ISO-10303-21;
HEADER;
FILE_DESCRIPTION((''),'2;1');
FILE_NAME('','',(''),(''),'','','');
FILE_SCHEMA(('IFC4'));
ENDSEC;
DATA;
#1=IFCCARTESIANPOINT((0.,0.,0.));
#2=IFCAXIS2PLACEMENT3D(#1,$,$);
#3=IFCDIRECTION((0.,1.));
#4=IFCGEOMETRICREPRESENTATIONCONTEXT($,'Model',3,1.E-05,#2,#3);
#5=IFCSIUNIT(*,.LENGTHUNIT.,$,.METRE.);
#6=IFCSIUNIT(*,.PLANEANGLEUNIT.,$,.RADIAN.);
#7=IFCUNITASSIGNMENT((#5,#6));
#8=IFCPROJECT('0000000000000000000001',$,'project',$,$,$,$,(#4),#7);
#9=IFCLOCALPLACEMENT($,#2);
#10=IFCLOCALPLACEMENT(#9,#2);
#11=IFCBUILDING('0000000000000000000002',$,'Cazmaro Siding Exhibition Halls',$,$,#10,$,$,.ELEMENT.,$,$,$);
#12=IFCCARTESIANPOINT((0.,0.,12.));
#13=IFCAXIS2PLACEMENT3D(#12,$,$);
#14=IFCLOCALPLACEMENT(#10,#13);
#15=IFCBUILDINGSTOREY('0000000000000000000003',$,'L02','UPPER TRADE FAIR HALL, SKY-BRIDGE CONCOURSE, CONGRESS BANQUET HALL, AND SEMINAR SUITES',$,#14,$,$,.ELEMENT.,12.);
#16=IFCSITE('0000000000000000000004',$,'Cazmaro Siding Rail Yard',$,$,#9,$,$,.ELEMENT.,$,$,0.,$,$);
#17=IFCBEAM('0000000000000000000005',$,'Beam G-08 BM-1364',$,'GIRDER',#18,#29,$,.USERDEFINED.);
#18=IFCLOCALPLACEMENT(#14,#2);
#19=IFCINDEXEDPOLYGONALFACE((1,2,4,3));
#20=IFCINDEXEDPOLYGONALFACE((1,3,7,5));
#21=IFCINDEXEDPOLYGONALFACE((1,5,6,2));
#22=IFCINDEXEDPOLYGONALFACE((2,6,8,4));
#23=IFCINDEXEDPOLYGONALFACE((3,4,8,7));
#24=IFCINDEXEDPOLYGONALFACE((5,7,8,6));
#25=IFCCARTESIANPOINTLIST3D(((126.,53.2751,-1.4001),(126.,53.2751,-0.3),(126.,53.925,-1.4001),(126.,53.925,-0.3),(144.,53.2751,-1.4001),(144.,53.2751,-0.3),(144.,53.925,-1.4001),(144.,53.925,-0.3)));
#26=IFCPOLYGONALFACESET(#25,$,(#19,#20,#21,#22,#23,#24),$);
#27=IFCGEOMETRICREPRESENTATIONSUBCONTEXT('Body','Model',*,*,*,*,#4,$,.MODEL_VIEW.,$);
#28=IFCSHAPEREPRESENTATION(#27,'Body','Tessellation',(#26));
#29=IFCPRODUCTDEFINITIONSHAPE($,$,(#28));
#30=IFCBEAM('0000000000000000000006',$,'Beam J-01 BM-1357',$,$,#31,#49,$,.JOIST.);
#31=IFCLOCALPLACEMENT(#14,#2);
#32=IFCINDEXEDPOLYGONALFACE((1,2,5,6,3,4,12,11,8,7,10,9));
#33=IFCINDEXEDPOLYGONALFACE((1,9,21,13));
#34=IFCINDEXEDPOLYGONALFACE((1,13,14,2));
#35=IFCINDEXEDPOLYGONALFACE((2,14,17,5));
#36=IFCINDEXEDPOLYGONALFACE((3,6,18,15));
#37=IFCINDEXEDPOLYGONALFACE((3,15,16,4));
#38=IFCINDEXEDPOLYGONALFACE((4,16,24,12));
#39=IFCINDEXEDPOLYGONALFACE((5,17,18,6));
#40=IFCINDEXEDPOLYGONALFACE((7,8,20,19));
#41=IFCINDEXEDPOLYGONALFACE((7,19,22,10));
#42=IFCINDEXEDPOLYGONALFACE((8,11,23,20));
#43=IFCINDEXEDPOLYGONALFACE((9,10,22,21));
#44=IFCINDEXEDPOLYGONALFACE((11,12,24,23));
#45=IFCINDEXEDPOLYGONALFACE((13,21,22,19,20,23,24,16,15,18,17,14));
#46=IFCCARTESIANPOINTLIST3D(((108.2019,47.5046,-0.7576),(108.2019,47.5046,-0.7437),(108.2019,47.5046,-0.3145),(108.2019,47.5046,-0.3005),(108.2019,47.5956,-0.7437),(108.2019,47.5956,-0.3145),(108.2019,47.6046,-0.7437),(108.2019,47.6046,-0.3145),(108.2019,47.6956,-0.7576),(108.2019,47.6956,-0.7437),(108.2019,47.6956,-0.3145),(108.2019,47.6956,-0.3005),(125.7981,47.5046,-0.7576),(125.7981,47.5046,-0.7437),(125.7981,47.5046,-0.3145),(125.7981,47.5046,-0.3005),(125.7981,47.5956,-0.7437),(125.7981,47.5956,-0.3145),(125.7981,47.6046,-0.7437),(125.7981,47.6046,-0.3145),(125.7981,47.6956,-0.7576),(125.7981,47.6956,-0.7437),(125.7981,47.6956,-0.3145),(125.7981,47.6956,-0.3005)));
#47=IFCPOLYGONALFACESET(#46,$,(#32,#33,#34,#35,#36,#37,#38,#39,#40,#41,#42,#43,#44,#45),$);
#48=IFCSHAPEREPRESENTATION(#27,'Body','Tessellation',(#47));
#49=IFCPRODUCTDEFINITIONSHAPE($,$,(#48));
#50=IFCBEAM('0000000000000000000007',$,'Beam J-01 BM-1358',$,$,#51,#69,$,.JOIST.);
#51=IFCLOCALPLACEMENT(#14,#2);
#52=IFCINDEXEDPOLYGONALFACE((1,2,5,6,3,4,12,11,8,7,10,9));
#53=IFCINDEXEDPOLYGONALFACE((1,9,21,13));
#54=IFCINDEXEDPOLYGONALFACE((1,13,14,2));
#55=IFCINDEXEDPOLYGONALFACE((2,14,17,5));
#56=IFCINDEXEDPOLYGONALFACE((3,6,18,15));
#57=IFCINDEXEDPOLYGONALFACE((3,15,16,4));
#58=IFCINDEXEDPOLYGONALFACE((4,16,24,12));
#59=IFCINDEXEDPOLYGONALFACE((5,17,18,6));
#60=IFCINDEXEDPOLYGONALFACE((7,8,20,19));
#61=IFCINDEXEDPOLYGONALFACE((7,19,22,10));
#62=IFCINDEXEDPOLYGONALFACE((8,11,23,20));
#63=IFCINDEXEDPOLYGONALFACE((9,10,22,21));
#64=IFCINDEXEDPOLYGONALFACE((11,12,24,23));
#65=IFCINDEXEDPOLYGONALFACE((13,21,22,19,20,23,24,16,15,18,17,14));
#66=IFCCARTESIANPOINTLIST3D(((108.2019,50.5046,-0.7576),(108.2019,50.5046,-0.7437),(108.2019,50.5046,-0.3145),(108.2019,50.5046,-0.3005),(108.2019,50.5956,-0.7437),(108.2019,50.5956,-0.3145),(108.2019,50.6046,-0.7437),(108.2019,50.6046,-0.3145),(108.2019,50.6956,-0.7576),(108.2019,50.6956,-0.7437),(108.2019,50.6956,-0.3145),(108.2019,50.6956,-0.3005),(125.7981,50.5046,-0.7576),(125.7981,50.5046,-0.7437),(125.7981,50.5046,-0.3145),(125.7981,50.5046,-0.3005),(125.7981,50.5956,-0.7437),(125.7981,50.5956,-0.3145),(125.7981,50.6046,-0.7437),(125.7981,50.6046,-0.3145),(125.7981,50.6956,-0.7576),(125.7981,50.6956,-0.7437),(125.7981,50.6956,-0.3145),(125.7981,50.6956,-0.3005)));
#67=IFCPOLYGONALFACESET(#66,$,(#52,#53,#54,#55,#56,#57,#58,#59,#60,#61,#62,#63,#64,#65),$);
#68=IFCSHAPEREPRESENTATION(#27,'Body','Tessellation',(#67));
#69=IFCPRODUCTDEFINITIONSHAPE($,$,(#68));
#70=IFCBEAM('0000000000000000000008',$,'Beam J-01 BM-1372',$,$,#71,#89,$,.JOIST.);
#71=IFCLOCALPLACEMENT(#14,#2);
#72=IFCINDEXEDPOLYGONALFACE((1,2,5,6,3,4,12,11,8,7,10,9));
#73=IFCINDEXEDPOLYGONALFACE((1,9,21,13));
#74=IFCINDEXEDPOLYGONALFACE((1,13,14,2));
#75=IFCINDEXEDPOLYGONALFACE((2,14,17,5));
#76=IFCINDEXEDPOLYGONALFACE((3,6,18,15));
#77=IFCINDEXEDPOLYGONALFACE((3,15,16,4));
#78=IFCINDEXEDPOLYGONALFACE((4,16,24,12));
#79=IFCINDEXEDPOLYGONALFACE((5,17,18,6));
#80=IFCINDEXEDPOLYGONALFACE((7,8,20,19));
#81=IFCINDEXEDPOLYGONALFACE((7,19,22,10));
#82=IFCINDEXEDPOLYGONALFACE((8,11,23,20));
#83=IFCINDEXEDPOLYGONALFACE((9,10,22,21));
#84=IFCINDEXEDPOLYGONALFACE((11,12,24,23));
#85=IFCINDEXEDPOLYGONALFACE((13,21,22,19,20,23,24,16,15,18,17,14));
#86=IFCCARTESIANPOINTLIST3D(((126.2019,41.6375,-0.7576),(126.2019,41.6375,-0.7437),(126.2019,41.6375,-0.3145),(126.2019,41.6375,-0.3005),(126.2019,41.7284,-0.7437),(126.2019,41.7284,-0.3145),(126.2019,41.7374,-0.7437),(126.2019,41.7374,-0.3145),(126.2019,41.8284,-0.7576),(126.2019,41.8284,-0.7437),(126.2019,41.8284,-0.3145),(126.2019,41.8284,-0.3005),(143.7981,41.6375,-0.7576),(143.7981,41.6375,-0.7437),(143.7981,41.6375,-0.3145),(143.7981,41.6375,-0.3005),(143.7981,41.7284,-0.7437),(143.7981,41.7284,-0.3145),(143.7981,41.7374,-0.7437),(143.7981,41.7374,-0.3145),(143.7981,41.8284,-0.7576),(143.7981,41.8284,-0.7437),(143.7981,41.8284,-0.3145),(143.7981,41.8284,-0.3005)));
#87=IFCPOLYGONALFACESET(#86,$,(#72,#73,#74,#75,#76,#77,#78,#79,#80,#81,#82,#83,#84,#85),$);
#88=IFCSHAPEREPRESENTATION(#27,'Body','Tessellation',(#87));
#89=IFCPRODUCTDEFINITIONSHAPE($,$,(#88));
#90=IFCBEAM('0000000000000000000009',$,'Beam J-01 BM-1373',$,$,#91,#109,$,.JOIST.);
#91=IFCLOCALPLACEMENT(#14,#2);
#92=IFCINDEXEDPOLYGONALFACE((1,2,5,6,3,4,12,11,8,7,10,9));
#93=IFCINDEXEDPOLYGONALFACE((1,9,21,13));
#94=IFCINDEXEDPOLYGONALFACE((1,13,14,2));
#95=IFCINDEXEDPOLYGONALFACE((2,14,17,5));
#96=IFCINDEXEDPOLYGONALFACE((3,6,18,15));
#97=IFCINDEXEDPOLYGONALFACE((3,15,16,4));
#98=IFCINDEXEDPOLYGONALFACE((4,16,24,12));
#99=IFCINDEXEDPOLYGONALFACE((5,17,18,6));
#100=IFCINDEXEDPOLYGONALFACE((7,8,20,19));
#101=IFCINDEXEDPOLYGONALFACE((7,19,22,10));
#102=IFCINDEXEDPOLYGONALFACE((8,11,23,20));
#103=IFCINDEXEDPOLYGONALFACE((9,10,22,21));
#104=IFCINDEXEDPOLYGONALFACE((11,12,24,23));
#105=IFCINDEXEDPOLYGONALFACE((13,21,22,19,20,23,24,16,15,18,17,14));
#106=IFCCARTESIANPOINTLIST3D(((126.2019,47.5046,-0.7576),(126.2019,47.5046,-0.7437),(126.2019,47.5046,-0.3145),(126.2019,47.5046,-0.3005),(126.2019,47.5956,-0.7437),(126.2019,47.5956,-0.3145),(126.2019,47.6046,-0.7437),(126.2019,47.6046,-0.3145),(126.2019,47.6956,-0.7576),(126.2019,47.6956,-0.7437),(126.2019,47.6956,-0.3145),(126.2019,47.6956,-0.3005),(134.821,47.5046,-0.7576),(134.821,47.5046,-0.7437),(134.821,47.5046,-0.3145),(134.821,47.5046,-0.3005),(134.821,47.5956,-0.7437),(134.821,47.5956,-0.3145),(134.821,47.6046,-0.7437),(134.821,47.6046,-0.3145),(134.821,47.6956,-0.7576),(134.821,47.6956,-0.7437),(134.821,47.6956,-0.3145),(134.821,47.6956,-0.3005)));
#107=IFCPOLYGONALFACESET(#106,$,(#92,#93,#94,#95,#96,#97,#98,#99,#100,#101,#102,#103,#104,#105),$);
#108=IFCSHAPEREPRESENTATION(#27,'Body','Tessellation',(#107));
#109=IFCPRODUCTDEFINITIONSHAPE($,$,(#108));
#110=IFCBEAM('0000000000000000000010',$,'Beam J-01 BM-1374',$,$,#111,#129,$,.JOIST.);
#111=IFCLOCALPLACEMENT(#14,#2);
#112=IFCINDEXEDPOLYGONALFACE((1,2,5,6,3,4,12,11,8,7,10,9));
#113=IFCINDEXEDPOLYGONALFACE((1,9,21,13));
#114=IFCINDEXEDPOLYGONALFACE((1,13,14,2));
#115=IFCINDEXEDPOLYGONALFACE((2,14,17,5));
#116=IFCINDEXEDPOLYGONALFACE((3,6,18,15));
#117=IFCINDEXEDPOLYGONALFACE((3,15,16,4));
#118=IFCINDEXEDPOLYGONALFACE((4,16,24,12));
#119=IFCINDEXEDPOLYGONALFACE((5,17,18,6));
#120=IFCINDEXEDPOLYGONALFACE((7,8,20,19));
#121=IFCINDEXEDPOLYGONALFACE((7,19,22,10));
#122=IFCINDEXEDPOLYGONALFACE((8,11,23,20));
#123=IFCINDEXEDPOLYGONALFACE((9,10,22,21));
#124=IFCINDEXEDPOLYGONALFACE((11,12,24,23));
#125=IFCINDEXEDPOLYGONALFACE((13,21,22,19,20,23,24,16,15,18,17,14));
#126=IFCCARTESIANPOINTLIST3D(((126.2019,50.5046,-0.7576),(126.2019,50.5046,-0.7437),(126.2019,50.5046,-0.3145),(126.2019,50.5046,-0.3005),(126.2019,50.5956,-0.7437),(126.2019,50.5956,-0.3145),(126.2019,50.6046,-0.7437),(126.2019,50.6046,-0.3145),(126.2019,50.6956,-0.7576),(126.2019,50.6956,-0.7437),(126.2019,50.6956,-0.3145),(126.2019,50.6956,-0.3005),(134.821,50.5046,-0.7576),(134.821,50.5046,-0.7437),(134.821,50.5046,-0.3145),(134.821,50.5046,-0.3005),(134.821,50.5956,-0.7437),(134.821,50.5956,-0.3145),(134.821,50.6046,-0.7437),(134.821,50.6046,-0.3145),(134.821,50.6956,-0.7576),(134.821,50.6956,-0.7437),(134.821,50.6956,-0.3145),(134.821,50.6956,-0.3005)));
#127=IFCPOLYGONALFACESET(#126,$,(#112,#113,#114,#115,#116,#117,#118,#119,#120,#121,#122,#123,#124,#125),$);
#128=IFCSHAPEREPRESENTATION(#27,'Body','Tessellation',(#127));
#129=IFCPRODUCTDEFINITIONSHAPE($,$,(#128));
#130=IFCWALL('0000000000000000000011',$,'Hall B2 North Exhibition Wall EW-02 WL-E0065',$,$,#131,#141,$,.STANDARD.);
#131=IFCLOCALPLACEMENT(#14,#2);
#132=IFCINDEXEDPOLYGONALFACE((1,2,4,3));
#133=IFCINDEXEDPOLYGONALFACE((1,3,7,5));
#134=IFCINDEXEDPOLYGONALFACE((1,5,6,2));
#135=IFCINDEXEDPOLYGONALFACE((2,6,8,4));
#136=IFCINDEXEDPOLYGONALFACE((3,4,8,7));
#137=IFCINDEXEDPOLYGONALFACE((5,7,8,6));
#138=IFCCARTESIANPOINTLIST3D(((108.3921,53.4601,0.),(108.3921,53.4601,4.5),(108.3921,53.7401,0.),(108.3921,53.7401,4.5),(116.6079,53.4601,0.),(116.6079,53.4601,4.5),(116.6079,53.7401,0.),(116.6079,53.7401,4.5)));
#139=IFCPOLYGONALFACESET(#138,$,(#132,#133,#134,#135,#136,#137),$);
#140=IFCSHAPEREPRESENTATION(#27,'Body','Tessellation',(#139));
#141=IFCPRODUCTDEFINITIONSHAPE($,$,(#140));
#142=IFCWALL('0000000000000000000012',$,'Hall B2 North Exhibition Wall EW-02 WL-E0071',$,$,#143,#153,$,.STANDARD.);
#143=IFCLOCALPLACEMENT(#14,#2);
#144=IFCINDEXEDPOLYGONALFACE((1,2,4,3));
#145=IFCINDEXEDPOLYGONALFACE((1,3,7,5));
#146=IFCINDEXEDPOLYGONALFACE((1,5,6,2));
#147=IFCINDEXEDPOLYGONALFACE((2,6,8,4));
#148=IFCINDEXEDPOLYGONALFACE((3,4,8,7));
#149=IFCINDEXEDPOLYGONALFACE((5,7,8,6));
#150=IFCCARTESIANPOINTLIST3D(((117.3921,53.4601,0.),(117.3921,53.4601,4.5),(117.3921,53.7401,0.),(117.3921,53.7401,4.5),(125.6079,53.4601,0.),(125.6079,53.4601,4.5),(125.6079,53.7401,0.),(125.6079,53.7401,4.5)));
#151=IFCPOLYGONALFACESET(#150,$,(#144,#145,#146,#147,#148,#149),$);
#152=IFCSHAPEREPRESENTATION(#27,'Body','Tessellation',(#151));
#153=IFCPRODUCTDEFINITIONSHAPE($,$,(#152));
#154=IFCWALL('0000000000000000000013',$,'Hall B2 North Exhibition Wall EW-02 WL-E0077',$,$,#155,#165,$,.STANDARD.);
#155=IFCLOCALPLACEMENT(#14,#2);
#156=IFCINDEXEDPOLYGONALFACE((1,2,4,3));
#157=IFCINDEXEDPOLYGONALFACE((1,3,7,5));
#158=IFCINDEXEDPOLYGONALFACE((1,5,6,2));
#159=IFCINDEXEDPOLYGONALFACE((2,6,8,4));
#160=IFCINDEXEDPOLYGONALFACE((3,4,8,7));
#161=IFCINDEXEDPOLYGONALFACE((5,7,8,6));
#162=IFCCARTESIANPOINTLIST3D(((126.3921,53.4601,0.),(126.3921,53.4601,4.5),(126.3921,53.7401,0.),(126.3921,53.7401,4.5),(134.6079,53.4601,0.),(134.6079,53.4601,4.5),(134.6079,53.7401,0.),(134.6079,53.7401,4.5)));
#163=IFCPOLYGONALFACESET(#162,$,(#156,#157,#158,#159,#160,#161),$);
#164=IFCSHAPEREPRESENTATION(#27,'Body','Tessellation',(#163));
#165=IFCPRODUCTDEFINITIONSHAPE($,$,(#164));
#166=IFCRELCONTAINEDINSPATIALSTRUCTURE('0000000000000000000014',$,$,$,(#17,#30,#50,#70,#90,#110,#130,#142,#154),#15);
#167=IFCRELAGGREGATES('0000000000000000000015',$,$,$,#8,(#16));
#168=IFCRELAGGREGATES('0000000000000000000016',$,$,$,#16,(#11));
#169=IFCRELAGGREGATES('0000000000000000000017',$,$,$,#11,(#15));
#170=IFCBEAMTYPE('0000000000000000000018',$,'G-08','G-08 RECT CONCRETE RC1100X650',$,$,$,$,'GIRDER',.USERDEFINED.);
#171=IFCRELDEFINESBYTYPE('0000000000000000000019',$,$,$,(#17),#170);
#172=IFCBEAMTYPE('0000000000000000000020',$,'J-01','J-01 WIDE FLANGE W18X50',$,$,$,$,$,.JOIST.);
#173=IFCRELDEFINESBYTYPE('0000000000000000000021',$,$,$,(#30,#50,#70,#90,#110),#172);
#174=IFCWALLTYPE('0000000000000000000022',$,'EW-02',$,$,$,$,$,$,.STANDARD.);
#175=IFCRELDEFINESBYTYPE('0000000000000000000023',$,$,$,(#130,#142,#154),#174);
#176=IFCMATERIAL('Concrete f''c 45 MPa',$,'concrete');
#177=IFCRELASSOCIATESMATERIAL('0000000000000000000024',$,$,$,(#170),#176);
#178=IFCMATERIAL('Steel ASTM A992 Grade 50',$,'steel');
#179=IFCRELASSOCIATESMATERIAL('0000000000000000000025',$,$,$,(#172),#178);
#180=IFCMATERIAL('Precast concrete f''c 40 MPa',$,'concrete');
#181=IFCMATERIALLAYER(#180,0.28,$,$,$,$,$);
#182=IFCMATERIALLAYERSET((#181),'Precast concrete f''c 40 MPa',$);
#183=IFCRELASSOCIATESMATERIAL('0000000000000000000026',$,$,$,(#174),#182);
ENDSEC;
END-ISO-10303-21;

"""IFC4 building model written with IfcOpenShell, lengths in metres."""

from ifc_helpers import new_model, si_unit, direction, frame, frame_2d, origin, origin_2d, place, context, subcontext, project, spatial, rectangle, i_section, extrude, material, layer, layer_set, material_profile, profile_set, type_object, element, save


model = new_model("IFC4")

# Units and contexts
model_context = context("Model", 3, precision=1e-05, world=origin(), true_north=direction((0.0, 1.0)))
body_context = subcontext(model_context, "Body", "Model", "MODEL_VIEW")
ifc_project = project(units=[si_unit("LENGTHUNIT", "METRE"), si_unit("PLANEANGLEUNIT", "RADIAN")], contexts=[model_context])

# Site, building, storey
site_placement = place(None, origin())
site = spatial("IfcSite", under=ifc_project, at=site_placement, Name="Cazmaro Siding Rail Yard", CompositionType="ELEMENT", RefElevation=0.0)
building_placement = place(site_placement, origin())
building = spatial("IfcBuilding", under=site, at=building_placement, Name="Cazmaro Siding Exhibition Halls", CompositionType="ELEMENT")
storey_placement = place(building_placement, frame((0.0, 0.0, 12.0)))
storey = spatial("IfcBuildingStorey", under=building, at=storey_placement, Name="L02", Description="UPPER TRADE FAIR HALL, SKY-BRIDGE CONCOURSE, CONGRESS BANQUET HALL, AND SEMINAR SUITES", CompositionType="ELEMENT", Elevation=12.0)

# Beams
ifc_material_1 = material(Name="Concrete f'c 45 MPa", Category="concrete")
ifc_material_profile_1 = material_profile(ifc_material_1, rectangle(XDim=0.6499, YDim=1.1001, at=origin_2d()), Name="RC1100X650")
ifc_profile_set_1 = profile_set([ifc_material_profile_1], Name="Concrete f'c 45 MPa")
beam_type_1 = type_object("IfcBeamType", Name="G-08", Description="G-08 RECT CONCRETE RC1100X650", ElementType="GIRDER", PredefinedType="USERDEFINED", material=ifc_profile_set_1)
beam_1_placement = place(storey_placement, frame((126.0, 53.6001, -0.8501), z_axis=(1.0, 0.0, 0.0), x_axis=(0.0, 1.0, 0.0)))
element("IfcBeam", 1, at=beam_1_placement, inside=storey, type_object=beam_type_1, Name="Beam G-08 BM-1364", ObjectType="GIRDER", PredefinedType="USERDEFINED", context=body_context, shape_type="SweptSolid", body=[
    extrude(rectangle(XDim=0.6499, YDim=1.1001, at=origin_2d()), origin(), (0.0, 0.0, 1.0), 18.0),
])
ifc_material_2 = material(Name="Steel ASTM A992 Grade 50", Category="steel")
ifc_material_profile_2 = material_profile(ifc_material_2, i_section(OverallWidth=0.1909, OverallDepth=0.457, WebThickness=0.009, FlangeThickness=0.0139, at=origin_2d()), Name="W18X50")
ifc_profile_set_2 = profile_set([ifc_material_profile_2], Name="Steel ASTM A992 Grade 50")
beam_type_2 = type_object("IfcBeamType", Name="J-01", Description="J-01 WIDE FLANGE W18X50", PredefinedType="JOIST", material=ifc_profile_set_2)
for number, where, z_axis, x_axis, name in (
    (2, (108.2019, 47.6001, -0.5291), (1.0, 0.0, 0.0), (0.0, 1.0, 0.0), "Beam J-01 BM-1357"),
    (3, (108.2019, 50.6001, -0.5291), (1.0, 0.0, 0.0), (0.0, 1.0, 0.0), "Beam J-01 BM-1358"),
    (4, (126.2019, 41.7329, -0.5291), (1.0, 0.0, 0.0), (0.0, 1.0, 0.0), "Beam J-01 BM-1372"),
):
    element("IfcBeam", number, at=place(storey_placement, frame(where, z_axis=z_axis, x_axis=x_axis)), inside=storey, type_object=beam_type_2, Name=name, PredefinedType="JOIST", context=body_context, shape_type="SweptSolid", body=[
        extrude(i_section(OverallWidth=0.1909, OverallDepth=0.457, WebThickness=0.009, FlangeThickness=0.0139, at=origin_2d()), origin(), (0.0, 0.0, 1.0), 17.5962),
    ])
for number, where, z_axis, x_axis, name in (
    (5, (126.2019, 47.6001, -0.5291), (1.0, 0.0, 0.0), (0.0, 1.0, 0.0), "Beam J-01 BM-1373"),
    (6, (126.2019, 50.6001, -0.5291), (1.0, 0.0, 0.0), (0.0, 1.0, 0.0), "Beam J-01 BM-1374"),
):
    element("IfcBeam", number, at=place(storey_placement, frame(where, z_axis=z_axis, x_axis=x_axis)), inside=storey, type_object=beam_type_2, Name=name, PredefinedType="JOIST", context=body_context, shape_type="SweptSolid", body=[
        extrude(i_section(OverallWidth=0.1909, OverallDepth=0.457, WebThickness=0.009, FlangeThickness=0.0139, at=origin_2d()), origin(), (0.0, 0.0, 1.0), 8.6191),
    ])

# Walls
ifc_material_3 = material(Name="Precast concrete f'c 40 MPa", Category="concrete")
ifc_layer_1 = layer(ifc_material_3, 0.28)
ifc_layer_set_1 = layer_set([ifc_layer_1], Name="Precast concrete f'c 40 MPa")
wall_type_1 = type_object("IfcWallType", Name="EW-02", PredefinedType="STANDARD", material=ifc_layer_set_1)
for number, where, z_axis, x_axis, name in (
    (7, (108.3921, 53.6001, 0.0), (0.0, 0.0, 1.0), (1.0, 0.0, 0.0), "Hall B2 North Exhibition Wall EW-02 WL-E0065"),
    (8, (117.3921, 53.6001, 0.0), (0.0, 0.0, 1.0), (1.0, 0.0, 0.0), "Hall B2 North Exhibition Wall EW-02 WL-E0071"),
    (9, (126.3921, 53.6001, 0.0), (0.0, 0.0, 1.0), (1.0, 0.0, 0.0), "Hall B2 North Exhibition Wall EW-02 WL-E0077"),
):
    element("IfcWall", number, at=place(storey_placement, frame(where, z_axis=z_axis, x_axis=x_axis)), inside=storey, type_object=wall_type_1, Name=name, PredefinedType="STANDARD", context=body_context, shape_type="SweptSolid", body=[
        extrude(rectangle(XDim=8.2158, YDim=0.28, at=frame_2d((4.1079, 0.0))), origin(), (0.0, 0.0, 1.0), 4.5),
    ])

save(model, "model.ifc")
